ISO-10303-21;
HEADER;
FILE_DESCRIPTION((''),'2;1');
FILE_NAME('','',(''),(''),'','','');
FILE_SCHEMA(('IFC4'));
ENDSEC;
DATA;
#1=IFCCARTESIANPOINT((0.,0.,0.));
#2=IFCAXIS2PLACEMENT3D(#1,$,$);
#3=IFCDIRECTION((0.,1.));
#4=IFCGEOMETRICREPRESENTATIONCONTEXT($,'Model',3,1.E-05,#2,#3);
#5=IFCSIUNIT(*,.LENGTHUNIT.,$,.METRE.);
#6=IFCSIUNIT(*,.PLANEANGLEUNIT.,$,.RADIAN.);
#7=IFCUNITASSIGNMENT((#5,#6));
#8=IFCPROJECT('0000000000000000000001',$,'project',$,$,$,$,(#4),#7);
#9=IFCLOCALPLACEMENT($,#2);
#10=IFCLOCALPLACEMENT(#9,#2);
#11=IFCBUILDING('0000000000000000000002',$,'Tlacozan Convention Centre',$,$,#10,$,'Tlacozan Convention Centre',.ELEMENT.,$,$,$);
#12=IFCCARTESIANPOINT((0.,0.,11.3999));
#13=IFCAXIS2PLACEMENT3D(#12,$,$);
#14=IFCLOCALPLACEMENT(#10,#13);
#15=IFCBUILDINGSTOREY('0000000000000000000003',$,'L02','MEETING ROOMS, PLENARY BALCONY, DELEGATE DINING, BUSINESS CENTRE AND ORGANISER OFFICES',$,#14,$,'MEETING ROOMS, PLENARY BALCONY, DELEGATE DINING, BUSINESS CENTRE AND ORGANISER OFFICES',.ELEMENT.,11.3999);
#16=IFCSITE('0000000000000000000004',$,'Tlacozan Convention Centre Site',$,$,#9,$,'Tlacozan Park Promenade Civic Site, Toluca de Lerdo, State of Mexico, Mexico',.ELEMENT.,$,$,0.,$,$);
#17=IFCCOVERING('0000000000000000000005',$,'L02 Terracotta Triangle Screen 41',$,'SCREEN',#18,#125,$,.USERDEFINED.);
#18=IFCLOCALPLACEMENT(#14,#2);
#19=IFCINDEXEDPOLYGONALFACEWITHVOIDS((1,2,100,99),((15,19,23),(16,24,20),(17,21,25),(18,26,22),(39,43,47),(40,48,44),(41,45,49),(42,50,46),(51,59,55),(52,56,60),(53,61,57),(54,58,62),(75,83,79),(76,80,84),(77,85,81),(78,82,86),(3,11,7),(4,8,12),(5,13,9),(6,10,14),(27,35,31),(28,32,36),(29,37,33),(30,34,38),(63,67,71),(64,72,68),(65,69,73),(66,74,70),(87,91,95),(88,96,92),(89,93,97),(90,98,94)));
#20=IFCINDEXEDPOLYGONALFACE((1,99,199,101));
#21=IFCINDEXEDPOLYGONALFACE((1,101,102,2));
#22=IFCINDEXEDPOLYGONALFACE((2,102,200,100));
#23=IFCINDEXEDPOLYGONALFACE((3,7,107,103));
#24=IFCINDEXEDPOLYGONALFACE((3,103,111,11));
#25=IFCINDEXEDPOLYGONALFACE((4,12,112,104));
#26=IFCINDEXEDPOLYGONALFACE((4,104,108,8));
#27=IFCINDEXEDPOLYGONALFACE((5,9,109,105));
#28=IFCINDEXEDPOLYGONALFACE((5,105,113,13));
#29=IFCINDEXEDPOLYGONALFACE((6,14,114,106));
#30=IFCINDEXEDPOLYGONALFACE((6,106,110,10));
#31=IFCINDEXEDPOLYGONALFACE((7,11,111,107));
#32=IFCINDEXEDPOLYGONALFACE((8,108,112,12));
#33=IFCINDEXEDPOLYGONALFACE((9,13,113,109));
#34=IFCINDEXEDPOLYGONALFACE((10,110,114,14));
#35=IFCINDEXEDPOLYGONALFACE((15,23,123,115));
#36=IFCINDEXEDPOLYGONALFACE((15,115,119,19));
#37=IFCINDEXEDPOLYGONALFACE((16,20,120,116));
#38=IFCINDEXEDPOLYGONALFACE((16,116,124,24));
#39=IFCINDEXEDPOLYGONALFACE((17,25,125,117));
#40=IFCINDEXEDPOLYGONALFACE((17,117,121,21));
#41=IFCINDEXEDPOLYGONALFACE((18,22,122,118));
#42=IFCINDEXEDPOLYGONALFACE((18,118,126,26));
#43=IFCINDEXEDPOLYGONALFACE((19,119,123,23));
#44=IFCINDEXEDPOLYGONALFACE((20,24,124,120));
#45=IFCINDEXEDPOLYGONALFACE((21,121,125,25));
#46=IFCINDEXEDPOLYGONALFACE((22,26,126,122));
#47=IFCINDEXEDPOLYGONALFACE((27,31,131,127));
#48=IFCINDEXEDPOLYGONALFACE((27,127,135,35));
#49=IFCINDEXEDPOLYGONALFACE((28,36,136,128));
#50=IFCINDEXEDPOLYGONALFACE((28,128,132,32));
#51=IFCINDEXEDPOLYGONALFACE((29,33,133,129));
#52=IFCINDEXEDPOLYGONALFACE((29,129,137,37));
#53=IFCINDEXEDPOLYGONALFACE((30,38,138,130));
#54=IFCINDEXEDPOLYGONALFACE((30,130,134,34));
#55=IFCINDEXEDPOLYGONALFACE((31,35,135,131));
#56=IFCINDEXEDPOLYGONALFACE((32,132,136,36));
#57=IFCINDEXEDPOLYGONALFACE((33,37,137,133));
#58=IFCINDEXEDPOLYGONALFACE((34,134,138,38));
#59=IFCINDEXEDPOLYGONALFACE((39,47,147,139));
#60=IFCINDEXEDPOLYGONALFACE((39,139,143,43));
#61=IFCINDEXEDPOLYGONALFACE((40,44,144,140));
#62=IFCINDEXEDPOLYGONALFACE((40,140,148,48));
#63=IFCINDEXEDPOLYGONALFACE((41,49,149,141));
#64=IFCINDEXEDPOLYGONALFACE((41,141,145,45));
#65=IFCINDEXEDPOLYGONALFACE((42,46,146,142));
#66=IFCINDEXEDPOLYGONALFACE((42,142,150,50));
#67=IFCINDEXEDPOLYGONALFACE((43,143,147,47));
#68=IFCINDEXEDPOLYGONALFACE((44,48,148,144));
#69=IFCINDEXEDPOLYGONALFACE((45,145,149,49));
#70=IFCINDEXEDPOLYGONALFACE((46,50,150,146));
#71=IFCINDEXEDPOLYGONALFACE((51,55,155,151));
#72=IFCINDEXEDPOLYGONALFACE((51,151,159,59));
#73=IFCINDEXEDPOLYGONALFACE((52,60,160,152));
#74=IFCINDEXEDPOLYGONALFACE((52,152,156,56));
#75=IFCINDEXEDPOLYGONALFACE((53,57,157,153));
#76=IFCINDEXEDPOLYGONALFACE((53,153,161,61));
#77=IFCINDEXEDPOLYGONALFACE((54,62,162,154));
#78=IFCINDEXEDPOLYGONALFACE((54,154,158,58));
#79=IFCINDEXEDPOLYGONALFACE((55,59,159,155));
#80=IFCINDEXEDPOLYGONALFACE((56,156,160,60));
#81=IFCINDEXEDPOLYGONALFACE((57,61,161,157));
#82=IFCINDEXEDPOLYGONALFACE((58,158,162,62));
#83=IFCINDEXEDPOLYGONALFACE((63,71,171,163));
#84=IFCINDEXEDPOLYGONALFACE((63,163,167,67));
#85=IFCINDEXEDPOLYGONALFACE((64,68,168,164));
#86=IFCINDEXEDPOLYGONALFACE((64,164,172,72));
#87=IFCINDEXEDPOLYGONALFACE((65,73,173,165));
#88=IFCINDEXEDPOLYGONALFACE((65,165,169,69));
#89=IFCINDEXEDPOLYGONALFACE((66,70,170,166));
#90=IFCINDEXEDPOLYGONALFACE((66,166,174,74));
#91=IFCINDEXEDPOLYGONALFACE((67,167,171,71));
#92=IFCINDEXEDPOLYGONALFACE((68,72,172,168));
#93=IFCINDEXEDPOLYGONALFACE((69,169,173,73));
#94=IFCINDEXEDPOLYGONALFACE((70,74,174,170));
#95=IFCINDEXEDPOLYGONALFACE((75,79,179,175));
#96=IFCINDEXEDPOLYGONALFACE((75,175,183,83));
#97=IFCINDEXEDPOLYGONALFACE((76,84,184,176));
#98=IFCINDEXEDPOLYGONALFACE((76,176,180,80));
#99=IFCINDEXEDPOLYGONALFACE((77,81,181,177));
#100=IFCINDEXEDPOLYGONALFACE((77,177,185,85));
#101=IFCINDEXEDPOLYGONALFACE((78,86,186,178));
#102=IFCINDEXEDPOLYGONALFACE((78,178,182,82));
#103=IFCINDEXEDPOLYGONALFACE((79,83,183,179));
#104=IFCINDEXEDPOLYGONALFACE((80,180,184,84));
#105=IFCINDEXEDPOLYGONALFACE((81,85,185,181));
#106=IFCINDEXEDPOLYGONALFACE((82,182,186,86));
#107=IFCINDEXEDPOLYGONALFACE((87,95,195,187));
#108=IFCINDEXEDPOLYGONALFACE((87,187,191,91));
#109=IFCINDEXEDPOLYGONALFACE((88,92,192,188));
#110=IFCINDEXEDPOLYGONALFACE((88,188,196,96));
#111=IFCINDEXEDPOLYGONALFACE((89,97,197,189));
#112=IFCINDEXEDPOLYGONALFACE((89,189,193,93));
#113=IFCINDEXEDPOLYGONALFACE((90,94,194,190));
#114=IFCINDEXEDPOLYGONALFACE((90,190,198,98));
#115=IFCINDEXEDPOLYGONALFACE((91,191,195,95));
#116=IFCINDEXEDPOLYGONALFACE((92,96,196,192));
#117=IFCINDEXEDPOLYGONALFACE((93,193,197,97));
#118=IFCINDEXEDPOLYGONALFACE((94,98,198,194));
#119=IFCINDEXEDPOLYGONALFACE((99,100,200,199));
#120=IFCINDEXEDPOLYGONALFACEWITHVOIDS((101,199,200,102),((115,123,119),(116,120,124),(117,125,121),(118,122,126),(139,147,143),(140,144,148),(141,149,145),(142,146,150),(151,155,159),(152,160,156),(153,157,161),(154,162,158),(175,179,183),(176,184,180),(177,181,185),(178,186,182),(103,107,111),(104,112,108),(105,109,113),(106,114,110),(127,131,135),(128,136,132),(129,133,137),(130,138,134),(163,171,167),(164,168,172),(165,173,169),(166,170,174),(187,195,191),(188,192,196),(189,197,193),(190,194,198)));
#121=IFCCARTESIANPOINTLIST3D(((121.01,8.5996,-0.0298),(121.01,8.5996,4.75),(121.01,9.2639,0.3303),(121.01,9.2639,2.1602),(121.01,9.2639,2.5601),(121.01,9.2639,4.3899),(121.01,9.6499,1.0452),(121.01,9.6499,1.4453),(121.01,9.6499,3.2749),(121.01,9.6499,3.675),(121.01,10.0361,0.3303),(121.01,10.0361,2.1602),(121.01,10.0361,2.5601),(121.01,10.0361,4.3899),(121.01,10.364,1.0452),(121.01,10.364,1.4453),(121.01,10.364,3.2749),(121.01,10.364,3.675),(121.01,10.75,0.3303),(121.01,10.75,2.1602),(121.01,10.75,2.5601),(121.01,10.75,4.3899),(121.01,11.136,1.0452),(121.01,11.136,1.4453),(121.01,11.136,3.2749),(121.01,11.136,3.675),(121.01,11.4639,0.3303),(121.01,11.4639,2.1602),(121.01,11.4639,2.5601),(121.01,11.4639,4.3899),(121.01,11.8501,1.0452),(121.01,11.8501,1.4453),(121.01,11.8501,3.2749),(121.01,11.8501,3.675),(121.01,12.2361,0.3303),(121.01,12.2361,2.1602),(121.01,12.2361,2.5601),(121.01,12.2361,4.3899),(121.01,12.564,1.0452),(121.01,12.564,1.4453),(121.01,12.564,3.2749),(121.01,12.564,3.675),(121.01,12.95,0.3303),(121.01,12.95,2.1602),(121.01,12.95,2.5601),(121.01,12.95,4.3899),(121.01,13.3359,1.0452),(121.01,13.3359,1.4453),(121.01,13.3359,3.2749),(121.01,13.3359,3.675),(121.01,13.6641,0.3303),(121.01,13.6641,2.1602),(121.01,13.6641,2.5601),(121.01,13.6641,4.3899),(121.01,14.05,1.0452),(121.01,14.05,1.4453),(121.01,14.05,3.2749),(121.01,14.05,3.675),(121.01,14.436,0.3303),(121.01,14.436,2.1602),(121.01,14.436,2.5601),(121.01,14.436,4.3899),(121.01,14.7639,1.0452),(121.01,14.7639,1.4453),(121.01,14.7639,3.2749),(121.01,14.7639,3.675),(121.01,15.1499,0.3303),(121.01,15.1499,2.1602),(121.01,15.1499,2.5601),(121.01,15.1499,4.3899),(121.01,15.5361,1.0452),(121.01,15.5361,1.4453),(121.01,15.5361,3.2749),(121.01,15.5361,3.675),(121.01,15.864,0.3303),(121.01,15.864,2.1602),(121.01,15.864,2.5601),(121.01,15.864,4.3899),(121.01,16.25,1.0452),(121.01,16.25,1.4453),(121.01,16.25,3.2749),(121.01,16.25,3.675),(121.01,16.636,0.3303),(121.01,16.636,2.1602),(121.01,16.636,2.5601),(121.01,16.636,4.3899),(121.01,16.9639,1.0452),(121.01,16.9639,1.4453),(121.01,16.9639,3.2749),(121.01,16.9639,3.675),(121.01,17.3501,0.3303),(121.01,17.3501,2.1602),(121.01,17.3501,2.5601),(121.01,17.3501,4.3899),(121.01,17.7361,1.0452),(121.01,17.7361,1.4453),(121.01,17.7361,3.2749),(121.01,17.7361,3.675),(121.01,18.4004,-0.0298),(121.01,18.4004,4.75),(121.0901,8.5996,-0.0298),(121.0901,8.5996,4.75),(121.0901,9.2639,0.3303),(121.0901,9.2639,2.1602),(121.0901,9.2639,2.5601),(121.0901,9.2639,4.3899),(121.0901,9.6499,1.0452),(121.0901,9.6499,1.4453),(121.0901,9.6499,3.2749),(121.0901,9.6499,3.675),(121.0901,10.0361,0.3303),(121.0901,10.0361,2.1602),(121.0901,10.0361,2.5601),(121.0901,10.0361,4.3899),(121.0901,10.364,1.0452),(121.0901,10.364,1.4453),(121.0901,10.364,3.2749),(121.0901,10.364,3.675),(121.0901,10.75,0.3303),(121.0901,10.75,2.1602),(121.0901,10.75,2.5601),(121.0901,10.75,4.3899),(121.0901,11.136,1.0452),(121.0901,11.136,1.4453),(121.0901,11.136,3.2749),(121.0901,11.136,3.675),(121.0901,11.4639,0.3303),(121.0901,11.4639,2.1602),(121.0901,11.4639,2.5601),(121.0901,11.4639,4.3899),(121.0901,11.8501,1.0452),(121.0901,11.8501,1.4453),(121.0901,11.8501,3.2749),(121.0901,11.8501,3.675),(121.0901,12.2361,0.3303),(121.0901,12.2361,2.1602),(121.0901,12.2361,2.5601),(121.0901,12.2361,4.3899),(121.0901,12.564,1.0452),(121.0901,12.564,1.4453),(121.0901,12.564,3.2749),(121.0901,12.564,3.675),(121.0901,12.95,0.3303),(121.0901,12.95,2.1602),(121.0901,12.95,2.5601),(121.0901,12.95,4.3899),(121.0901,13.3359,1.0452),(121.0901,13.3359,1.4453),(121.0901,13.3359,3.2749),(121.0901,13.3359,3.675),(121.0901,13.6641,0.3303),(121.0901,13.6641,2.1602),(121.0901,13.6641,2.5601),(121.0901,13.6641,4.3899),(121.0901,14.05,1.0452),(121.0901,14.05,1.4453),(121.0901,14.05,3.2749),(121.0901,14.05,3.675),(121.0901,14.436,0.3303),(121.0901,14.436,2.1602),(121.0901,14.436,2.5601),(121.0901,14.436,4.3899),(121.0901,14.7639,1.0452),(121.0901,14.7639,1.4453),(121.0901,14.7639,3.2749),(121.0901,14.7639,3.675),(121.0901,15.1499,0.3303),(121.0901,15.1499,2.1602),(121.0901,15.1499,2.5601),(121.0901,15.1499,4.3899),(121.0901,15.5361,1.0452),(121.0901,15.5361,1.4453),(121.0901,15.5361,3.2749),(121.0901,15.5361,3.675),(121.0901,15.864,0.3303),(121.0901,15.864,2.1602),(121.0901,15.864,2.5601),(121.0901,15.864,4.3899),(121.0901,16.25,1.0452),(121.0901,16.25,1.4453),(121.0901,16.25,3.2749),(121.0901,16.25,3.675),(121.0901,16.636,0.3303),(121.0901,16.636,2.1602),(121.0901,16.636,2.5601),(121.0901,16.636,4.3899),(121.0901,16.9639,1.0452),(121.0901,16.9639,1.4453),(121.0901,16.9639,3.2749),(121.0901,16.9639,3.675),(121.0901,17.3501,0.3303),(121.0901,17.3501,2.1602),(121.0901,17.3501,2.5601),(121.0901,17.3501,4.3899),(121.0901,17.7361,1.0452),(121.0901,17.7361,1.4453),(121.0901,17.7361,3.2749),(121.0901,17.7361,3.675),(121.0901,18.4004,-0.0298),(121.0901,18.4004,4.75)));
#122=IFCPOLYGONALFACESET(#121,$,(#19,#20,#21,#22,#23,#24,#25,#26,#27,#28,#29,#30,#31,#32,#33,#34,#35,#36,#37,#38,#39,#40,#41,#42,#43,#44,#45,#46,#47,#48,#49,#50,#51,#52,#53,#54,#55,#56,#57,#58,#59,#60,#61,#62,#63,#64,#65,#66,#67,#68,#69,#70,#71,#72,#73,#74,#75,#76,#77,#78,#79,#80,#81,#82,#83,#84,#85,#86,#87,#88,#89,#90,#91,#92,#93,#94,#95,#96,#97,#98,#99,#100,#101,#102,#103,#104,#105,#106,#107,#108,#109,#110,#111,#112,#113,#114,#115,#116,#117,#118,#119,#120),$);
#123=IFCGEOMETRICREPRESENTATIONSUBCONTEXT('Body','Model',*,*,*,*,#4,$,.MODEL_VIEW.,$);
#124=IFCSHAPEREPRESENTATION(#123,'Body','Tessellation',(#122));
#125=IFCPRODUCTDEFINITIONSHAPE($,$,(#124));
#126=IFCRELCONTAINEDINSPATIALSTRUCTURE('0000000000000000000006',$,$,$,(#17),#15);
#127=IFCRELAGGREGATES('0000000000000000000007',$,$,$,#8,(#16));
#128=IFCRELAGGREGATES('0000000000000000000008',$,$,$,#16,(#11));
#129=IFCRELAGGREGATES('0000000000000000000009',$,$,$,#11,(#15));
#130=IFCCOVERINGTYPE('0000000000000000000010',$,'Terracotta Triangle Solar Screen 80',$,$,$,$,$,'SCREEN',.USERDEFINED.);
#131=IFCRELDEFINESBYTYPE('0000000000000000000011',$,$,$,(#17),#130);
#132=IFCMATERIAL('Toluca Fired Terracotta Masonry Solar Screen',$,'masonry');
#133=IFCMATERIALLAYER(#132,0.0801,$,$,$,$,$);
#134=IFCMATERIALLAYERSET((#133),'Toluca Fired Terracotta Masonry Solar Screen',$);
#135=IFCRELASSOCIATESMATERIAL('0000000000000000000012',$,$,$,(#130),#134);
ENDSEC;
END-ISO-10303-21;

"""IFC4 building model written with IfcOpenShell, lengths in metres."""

from ifc_helpers import new_model, si_unit, direction, frame, origin, place, context, subcontext, project, spatial, polyline, outline, extrude, material, layer, layer_set, type_object, element, save


model = new_model("IFC4")

# Units and contexts
model_context = context("Model", 3, precision=1e-05, world=origin(), true_north=direction((0.0, 1.0)))
body_context = subcontext(model_context, "Body", "Model", "MODEL_VIEW")
ifc_project = project(units=[si_unit("LENGTHUNIT", "METRE"), si_unit("PLANEANGLEUNIT", "RADIAN")], contexts=[model_context])

# Site, building, storey
site_placement = place(None, origin())
site = spatial("IfcSite", under=ifc_project, at=site_placement, Name="Tlacozan Convention Centre Site", LongName="Tlacozan Park Promenade Civic Site, Toluca de Lerdo, State of Mexico, Mexico", CompositionType="ELEMENT", RefElevation=0.0)
building_placement = place(site_placement, origin())
building = spatial("IfcBuilding", under=site, at=building_placement, Name="Tlacozan Convention Centre", LongName="Tlacozan Convention Centre", CompositionType="ELEMENT")
storey_placement = place(building_placement, frame((0.0, 0.0, 11.3999)))
storey = spatial("IfcBuildingStorey", under=building, at=storey_placement, Name="L02", Description="MEETING ROOMS, PLENARY BALCONY, DELEGATE DINING, BUSINESS CENTRE AND ORGANISER OFFICES", LongName="MEETING ROOMS, PLENARY BALCONY, DELEGATE DINING, BUSINESS CENTRE AND ORGANISER OFFICES", CompositionType="ELEMENT", Elevation=11.3999)

# Covering
ifc_material_1 = material(Name="Toluca Fired Terracotta Masonry Solar Screen", Category="masonry")
ifc_layer_1 = layer(ifc_material_1, 0.0801)
ifc_layer_set_1 = layer_set([ifc_layer_1], Name="Toluca Fired Terracotta Masonry Solar Screen")
covering_type = type_object("IfcCoveringType", Name="Terracotta Triangle Solar Screen 80", ElementType="SCREEN", PredefinedType="USERDEFINED", material=ifc_layer_set_1)
covering_1_placement = place(storey_placement, frame((121.05, 8.5996, -0.0298), z_axis=(0.0, 0.0, 1.0), x_axis=(0.0, 1.0, 0.0)))
element("IfcCovering", 1, at=covering_1_placement, inside=storey, type_object=covering_type, Name="L02 Terracotta Triangle Screen 41", ObjectType="SCREEN", PredefinedType="USERDEFINED", context=body_context, shape_type="SweptSolid", body=[
    extrude(outline(polyline([(0.0, 0.0), (9.8008, 0.0), (9.8008, 4.7798), (0.0, 4.7798), (0.0, 0.0)]), holes=[polyline([(0.6643, 0.3601), (1.4365, 0.3601), (1.0503, 1.075), (0.6643, 0.3601)]), polyline([(1.7644, 1.075), (2.5364, 1.075), (2.1504, 0.3601), (1.7644, 1.075)]), polyline([(2.8643, 0.3601), (3.6365, 0.3601), (3.2505, 1.075), (2.8643, 0.3601)]), polyline([(3.9644, 1.075), (4.7363, 1.075), (4.3503, 0.3601), (3.9644, 1.075)]), polyline([(5.0645, 0.3601), (5.8364, 0.3601), (5.4504, 1.075), (5.0645, 0.3601)]), polyline([(6.1643, 1.075), (6.9365, 1.075), (6.5503, 0.3601), (6.1643, 1.075)]), polyline([(7.2644, 0.3601), (8.0364, 0.3601), (7.6504, 1.075), (7.2644, 0.3601)]), polyline([(8.3643, 1.075), (9.1365, 1.075), (8.7505, 0.3601), (8.3643, 1.075)]), polyline([(0.6643, 2.1899), (1.4365, 2.1899), (1.0503, 1.4751), (0.6643, 2.1899)]), polyline([(1.7644, 1.4751), (2.5364, 1.4751), (2.1504, 2.1899), (1.7644, 1.4751)]), polyline([(2.8643, 2.1899), (3.6365, 2.1899), (3.2505, 1.4751), (2.8643, 2.1899)]), polyline([(3.9644, 1.4751), (4.7363, 1.4751), (4.3503, 2.1899), (3.9644, 1.4751)]), polyline([(5.0645, 2.1899), (5.8364, 2.1899), (5.4504, 1.4751), (5.0645, 2.1899)]), polyline([(6.1643, 1.4751), (6.9365, 1.4751), (6.5503, 2.1899), (6.1643, 1.4751)]), polyline([(7.2644, 2.1899), (8.0364, 2.1899), (7.6504, 1.4751), (7.2644, 2.1899)]), polyline([(8.3643, 1.4751), (9.1365, 1.4751), (8.7505, 2.1899), (8.3643, 1.4751)]), polyline([(0.6643, 2.5898), (1.4365, 2.5898), (1.0503, 3.3047), (0.6643, 2.5898)]), polyline([(1.7644, 3.3047), (2.5364, 3.3047), (2.1504, 2.5898), (1.7644, 3.3047)]), polyline([(2.8643, 2.5898), (3.6365, 2.5898), (3.2505, 3.3047), (2.8643, 2.5898)]), polyline([(3.9644, 3.3047), (4.7363, 3.3047), (4.3503, 2.5898), (3.9644, 3.3047)]), polyline([(5.0645, 2.5898), (5.8364, 2.5898), (5.4504, 3.3047), (5.0645, 2.5898)]), polyline([(6.1643, 3.3047), (6.9365, 3.3047), (6.5503, 2.5898), (6.1643, 3.3047)]), polyline([(7.2644, 2.5898), (8.0364, 2.5898), (7.6504, 3.3047), (7.2644, 2.5898)]), polyline([(8.3643, 3.3047), (9.1365, 3.3047), (8.7505, 2.5898), (8.3643, 3.3047)]), polyline([(0.6643, 4.4197), (1.4365, 4.4197), (1.0503, 3.7048), (0.6643, 4.4197)]), polyline([(1.7644, 3.7048), (2.5364, 3.7048), (2.1504, 4.4197), (1.7644, 3.7048)]), polyline([(2.8643, 4.4197), (3.6365, 4.4197), (3.2505, 3.7048), (2.8643, 4.4197)]), polyline([(3.9644, 3.7048), (4.7363, 3.7048), (4.3503, 4.4197), (3.9644, 3.7048)]), polyline([(5.0645, 4.4197), (5.8364, 4.4197), (5.4504, 3.7048), (5.0645, 4.4197)]), polyline([(6.1643, 3.7048), (6.9365, 3.7048), (6.5503, 4.4197), (6.1643, 3.7048)]), polyline([(7.2644, 4.4197), (8.0364, 4.4197), (7.6504, 3.7048), (7.2644, 4.4197)]), polyline([(8.3643, 3.7048), (9.1365, 3.7048), (8.7505, 4.4197), (8.3643, 3.7048)])]), frame((0.0, 0.04, 0.0), z_axis=(0.0, -1.0, 0.0), x_axis=(1.0, 0.0, 0.0)), (0.0, 0.0, 1.0), 0.0801),
])

save(model, "model.ifc")
